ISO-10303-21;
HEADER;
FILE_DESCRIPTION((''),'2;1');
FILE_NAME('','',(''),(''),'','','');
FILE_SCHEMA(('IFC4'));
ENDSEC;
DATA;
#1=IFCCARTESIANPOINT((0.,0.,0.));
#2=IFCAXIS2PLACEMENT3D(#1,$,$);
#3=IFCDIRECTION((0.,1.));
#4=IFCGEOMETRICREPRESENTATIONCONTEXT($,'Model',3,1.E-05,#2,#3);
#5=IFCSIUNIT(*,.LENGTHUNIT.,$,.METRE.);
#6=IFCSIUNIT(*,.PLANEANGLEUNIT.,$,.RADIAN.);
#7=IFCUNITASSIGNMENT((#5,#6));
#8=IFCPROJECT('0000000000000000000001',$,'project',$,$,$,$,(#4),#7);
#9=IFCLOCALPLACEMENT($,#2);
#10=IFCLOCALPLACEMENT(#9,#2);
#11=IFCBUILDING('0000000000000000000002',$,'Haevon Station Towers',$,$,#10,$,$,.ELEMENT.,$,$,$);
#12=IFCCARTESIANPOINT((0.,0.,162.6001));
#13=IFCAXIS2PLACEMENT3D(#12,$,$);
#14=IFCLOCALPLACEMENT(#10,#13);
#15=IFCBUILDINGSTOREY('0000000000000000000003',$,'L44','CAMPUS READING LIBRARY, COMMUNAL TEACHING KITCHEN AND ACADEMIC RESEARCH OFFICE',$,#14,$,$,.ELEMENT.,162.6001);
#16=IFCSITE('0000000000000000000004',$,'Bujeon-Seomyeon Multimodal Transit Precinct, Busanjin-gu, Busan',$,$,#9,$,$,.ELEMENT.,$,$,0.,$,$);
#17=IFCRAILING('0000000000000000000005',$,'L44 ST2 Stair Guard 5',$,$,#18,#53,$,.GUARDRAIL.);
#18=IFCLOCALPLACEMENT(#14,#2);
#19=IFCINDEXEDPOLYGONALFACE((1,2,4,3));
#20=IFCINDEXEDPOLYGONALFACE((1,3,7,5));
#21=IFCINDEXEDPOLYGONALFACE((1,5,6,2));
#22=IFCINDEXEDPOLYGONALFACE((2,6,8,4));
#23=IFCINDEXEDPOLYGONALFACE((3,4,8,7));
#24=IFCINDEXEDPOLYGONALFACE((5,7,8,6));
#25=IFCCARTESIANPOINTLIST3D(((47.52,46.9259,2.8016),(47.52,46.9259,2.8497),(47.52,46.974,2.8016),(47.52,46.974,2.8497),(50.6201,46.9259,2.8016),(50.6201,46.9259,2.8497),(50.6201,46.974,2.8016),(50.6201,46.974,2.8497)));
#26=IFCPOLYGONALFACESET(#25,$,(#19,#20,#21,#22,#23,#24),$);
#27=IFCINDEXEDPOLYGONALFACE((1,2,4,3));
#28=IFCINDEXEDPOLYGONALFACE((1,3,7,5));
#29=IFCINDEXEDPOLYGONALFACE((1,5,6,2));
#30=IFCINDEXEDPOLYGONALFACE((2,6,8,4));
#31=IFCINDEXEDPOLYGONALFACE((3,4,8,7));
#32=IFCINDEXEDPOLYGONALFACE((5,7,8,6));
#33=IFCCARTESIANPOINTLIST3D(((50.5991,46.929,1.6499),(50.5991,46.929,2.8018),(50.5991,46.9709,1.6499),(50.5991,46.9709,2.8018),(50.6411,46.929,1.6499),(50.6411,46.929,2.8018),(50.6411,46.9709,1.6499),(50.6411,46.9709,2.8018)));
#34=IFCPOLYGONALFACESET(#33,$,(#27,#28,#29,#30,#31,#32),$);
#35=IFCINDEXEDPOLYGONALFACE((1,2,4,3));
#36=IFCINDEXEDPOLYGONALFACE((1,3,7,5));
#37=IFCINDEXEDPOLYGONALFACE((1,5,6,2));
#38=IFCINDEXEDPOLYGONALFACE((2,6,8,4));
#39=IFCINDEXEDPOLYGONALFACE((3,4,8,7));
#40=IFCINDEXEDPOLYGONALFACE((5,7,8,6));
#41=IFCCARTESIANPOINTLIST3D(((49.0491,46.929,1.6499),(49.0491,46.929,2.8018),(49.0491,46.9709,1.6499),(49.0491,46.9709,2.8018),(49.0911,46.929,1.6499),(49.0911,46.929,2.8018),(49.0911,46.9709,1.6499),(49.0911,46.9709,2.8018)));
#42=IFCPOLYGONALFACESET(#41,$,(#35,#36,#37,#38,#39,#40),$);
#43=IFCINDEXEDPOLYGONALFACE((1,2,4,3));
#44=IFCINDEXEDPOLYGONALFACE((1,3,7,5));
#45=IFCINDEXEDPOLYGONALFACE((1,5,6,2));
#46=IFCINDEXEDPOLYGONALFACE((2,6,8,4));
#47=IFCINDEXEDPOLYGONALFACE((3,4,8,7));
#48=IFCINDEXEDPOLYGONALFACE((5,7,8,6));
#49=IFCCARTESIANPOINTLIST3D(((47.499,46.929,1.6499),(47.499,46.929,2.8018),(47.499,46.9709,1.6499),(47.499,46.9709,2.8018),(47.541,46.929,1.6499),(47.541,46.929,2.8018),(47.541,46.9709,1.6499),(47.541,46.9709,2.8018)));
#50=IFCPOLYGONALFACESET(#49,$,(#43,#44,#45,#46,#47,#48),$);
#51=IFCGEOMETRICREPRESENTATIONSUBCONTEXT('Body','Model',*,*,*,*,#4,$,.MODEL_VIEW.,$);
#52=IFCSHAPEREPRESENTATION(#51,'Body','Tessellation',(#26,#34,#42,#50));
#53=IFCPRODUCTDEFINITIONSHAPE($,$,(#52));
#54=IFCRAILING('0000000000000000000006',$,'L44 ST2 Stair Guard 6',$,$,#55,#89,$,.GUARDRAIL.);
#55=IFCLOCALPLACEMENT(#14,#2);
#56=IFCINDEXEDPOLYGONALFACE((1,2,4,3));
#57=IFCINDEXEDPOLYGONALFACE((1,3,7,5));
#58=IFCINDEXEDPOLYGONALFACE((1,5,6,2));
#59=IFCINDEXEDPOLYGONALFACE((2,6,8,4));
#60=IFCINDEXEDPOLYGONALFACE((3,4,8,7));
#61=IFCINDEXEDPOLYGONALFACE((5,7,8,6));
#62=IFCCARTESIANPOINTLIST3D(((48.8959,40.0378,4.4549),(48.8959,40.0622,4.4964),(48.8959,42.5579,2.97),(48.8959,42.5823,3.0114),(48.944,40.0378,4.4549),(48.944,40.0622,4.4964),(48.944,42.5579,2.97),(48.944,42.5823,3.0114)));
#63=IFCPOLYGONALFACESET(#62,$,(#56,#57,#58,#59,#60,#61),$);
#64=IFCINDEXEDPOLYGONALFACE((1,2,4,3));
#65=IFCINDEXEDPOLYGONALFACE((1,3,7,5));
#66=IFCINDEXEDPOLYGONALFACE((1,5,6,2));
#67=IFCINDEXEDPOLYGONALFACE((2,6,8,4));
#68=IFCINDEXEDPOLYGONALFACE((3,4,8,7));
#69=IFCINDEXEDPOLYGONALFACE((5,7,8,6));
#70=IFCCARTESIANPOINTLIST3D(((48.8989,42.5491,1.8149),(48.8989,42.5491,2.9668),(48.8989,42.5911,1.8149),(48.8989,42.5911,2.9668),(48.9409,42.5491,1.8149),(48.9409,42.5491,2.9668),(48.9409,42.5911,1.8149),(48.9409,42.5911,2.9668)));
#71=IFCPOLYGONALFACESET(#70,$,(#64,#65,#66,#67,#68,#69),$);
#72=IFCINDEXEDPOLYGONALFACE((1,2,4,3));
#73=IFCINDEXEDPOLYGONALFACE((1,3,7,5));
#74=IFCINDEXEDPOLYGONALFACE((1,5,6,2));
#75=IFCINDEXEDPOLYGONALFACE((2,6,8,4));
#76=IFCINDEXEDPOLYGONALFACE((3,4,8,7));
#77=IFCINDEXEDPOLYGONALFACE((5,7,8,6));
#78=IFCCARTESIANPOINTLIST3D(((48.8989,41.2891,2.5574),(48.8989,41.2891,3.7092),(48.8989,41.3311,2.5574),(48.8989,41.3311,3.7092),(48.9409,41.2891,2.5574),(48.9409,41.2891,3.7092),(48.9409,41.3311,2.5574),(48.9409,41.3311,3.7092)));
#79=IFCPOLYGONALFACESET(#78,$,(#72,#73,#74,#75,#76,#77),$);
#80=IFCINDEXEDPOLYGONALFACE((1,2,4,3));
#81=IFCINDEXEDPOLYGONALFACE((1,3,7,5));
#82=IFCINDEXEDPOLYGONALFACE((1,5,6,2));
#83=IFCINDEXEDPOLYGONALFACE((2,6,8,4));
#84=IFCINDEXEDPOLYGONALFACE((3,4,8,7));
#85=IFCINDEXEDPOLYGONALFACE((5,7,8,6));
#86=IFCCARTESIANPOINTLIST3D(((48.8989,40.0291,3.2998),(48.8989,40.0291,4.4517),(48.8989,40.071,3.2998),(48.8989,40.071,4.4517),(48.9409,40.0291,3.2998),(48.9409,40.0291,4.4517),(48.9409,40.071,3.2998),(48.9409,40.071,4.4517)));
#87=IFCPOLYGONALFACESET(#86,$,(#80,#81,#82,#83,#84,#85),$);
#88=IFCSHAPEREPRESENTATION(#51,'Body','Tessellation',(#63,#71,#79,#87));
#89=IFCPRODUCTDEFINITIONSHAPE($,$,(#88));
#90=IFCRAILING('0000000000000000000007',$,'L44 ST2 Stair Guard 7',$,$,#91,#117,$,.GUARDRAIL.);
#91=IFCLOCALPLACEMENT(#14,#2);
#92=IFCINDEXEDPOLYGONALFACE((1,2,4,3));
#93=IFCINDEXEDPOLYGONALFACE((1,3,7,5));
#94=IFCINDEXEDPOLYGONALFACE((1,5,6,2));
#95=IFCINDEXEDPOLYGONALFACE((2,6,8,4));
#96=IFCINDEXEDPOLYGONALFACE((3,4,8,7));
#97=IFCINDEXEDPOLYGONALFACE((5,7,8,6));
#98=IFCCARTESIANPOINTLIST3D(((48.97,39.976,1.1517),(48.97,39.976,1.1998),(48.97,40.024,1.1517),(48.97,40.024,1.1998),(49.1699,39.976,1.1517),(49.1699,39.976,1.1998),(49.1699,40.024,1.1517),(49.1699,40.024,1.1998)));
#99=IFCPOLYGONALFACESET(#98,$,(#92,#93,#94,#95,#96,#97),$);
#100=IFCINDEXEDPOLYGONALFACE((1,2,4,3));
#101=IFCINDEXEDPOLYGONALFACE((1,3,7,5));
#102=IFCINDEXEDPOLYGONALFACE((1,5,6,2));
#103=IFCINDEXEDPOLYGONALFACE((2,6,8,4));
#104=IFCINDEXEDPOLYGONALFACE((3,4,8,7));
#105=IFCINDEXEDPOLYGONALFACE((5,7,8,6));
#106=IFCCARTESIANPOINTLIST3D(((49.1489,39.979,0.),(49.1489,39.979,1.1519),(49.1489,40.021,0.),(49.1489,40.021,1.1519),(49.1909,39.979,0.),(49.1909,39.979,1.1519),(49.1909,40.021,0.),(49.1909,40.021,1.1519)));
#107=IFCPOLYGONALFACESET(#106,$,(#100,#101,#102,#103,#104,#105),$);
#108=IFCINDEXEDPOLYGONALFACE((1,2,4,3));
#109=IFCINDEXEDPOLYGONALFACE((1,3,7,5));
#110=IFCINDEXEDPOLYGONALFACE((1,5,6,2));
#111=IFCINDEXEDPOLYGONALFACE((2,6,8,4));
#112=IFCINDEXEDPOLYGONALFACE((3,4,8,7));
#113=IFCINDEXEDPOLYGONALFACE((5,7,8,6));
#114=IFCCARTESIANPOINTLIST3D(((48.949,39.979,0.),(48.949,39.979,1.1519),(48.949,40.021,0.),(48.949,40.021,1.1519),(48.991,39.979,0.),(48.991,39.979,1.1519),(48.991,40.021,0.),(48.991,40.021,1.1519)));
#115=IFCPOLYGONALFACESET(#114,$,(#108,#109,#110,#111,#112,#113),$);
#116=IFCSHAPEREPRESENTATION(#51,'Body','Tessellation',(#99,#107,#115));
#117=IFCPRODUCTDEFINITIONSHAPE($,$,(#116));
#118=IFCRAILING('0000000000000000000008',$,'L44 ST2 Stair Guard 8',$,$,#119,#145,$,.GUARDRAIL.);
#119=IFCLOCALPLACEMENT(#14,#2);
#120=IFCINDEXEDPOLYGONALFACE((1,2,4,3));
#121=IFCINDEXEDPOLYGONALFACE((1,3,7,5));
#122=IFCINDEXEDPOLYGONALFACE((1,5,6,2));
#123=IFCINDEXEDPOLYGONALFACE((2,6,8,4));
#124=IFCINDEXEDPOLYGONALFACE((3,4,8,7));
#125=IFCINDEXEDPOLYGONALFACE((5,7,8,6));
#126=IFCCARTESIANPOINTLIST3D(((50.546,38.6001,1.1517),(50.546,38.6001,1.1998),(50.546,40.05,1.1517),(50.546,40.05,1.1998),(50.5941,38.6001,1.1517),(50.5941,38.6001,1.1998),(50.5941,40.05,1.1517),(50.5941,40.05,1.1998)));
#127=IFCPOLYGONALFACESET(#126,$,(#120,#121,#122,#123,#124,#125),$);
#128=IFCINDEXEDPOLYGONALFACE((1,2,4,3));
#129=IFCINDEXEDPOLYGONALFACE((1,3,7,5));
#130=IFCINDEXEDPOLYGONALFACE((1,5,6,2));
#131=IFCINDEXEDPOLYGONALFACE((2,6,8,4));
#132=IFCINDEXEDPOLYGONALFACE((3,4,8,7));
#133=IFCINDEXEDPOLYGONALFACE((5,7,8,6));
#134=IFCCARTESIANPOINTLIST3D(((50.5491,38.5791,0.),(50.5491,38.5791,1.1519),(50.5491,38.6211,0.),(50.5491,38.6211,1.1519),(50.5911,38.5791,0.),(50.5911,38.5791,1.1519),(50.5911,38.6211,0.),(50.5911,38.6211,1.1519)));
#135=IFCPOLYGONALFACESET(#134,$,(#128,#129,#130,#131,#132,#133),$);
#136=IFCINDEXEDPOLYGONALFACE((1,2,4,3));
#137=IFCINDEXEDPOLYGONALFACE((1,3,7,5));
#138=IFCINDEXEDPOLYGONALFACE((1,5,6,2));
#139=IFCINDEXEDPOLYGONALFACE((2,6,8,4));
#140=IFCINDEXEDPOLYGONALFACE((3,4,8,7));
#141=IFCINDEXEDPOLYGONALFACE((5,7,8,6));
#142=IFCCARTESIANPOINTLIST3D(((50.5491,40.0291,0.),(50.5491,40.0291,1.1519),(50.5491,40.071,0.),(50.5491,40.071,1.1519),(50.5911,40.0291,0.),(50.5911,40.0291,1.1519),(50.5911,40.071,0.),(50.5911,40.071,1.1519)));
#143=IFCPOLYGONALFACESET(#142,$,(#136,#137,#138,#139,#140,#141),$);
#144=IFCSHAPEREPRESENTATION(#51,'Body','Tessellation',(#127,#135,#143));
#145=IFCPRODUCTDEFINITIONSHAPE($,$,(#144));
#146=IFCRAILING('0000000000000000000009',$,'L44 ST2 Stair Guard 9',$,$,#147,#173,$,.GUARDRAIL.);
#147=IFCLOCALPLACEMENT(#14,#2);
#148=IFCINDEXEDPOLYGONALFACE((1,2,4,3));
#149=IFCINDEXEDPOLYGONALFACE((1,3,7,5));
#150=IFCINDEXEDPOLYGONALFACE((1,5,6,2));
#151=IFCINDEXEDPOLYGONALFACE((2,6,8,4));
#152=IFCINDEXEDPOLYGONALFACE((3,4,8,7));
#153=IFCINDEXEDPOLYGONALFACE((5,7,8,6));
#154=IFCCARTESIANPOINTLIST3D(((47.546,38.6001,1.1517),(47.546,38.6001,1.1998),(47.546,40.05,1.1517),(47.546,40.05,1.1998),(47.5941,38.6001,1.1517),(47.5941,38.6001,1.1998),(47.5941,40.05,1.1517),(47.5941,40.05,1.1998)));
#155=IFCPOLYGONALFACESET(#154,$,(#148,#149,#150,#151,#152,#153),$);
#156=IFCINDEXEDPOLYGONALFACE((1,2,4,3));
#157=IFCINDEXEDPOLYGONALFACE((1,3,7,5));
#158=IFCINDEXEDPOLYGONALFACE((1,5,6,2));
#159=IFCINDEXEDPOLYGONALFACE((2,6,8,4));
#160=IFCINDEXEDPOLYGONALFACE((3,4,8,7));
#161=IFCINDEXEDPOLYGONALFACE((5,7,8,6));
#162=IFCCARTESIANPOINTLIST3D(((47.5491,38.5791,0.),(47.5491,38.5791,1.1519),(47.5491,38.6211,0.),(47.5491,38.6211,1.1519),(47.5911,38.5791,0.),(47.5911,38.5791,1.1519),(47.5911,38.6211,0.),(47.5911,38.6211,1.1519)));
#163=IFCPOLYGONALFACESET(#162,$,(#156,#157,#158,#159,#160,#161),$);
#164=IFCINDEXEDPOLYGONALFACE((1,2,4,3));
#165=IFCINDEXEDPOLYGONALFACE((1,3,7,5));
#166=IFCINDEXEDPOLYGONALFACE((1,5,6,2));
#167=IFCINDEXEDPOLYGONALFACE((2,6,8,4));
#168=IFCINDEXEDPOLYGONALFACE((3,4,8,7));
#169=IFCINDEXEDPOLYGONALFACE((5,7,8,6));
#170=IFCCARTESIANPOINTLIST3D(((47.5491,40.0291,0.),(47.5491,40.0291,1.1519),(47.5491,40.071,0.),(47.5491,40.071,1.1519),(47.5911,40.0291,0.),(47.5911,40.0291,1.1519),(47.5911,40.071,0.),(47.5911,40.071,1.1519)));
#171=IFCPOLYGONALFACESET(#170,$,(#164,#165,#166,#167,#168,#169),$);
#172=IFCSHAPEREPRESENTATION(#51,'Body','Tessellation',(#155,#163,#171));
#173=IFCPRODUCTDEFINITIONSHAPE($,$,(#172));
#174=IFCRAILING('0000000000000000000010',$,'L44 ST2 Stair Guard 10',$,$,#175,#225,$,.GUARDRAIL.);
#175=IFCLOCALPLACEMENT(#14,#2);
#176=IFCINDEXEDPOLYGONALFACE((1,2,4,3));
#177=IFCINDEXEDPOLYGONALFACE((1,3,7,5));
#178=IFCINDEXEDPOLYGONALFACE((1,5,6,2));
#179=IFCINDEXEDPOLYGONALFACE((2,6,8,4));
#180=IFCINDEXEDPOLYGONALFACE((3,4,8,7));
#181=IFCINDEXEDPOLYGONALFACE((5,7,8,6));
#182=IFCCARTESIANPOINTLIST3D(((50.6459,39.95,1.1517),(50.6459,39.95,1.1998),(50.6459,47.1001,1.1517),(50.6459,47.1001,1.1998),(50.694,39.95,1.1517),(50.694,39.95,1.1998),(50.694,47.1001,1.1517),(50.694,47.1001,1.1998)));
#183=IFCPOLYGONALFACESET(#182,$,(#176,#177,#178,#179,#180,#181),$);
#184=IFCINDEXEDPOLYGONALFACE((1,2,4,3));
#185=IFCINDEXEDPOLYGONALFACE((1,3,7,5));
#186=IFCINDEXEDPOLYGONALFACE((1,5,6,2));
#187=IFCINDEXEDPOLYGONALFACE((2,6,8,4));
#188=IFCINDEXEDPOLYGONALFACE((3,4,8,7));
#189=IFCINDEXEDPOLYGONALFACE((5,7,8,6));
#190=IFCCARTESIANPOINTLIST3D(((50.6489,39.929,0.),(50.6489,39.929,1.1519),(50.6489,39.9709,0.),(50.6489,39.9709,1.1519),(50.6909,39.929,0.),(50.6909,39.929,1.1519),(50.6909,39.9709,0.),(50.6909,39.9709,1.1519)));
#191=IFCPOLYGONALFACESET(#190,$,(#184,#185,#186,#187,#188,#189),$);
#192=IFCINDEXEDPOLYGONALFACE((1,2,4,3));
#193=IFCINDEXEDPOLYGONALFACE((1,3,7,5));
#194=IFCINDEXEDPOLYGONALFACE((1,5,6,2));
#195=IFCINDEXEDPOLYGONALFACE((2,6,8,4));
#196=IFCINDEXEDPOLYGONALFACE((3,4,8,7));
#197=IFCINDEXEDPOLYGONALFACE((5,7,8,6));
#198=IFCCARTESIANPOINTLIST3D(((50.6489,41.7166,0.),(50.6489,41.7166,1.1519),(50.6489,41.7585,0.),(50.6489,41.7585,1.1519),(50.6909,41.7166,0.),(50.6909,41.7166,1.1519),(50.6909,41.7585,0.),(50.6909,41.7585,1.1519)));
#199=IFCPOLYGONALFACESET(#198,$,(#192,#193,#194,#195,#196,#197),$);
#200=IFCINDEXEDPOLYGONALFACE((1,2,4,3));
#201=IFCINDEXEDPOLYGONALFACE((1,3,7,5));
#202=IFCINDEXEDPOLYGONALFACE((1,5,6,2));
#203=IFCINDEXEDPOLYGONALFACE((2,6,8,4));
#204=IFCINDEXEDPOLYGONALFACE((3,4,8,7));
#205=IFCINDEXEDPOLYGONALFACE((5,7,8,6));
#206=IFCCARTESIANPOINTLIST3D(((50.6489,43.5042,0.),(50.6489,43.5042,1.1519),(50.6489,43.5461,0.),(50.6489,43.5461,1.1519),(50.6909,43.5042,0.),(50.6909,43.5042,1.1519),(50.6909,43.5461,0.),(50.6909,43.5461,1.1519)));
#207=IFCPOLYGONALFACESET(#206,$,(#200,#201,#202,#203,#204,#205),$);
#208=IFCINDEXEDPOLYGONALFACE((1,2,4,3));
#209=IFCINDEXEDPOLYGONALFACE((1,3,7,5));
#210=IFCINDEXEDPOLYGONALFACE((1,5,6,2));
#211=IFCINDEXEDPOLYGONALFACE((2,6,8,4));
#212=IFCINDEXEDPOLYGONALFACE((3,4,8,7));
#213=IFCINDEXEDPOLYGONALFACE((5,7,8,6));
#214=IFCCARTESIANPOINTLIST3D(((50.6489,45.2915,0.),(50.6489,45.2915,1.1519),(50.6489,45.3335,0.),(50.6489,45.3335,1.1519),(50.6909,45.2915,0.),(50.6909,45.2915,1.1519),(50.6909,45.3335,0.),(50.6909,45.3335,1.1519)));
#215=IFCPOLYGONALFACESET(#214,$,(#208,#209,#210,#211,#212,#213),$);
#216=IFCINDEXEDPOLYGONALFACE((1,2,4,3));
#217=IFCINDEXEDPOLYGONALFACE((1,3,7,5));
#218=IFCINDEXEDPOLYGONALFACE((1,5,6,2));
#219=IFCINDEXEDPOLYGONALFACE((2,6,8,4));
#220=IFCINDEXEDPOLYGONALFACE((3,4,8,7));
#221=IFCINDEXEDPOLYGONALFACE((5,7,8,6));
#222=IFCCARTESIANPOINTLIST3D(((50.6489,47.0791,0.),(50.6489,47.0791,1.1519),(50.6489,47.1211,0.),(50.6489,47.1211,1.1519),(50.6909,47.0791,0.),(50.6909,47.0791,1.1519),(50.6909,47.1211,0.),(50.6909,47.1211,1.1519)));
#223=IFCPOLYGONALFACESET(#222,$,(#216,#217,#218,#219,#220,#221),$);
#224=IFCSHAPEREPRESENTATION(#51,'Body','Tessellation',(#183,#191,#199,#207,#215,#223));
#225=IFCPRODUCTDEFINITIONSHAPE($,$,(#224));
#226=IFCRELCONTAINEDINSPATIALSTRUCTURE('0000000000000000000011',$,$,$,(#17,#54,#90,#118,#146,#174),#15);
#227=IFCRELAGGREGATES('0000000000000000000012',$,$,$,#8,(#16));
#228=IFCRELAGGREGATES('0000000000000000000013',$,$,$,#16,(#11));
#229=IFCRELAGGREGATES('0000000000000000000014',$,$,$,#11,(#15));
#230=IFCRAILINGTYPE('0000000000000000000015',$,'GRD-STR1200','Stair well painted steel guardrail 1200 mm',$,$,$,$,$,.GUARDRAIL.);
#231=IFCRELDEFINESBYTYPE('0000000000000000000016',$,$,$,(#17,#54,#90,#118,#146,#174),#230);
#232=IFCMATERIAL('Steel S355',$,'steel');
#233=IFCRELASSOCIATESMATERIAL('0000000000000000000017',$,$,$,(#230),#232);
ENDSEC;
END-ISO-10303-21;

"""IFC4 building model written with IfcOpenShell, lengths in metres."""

from ifc_helpers import new_model, si_unit, direction, frame, origin, origin_2d, place, context, subcontext, project, spatial, rectangle, extrude, material, type_object, element, save


model = new_model("IFC4")

# Units and contexts
model_context = context("Model", 3, precision=1e-05, world=origin(), true_north=direction((0.0, 1.0)))
body_context = subcontext(model_context, "Body", "Model", "MODEL_VIEW")
ifc_project = project(units=[si_unit("LENGTHUNIT", "METRE"), si_unit("PLANEANGLEUNIT", "RADIAN")], contexts=[model_context])

# Site, building, storey
site_placement = place(None, origin())
site = spatial("IfcSite", under=ifc_project, at=site_placement, Name="Bujeon-Seomyeon Multimodal Transit Precinct, Busanjin-gu, Busan", CompositionType="ELEMENT", RefElevation=0.0)
building_placement = place(site_placement, origin())
building = spatial("IfcBuilding", under=site, at=building_placement, Name="Haevon Station Towers", CompositionType="ELEMENT")
storey_placement = place(building_placement, frame((0.0, 0.0, 162.6001)))
storey = spatial("IfcBuildingStorey", under=building, at=storey_placement, Name="L44", Description="CAMPUS READING LIBRARY, COMMUNAL TEACHING KITCHEN AND ACADEMIC RESEARCH OFFICE", CompositionType="ELEMENT", Elevation=162.6001)

# Shared definitions
ifc_material_1 = material(Name="Steel S355", Category="steel")

# Railings
railing_type_1 = type_object("IfcRailingType", Name="GRD-STR1200", Description="Stair well painted steel guardrail 1200 mm", PredefinedType="GUARDRAIL", material=ifc_material_1)
railing_1_placement = place(storey_placement, frame((50.6201, 46.95, 1.6499)))
element("IfcRailing", 1, at=railing_1_placement, inside=storey, type_object=railing_type_1, Name="L44 ST2 Stair Guard 5", PredefinedType="GUARDRAIL", context=body_context, shape_type="SweptSolid", body=[
    extrude(rectangle(XDim=0.0481, YDim=0.0481, at=origin_2d()), frame((0.0, 0.0, 1.1758), z_axis=(-1.0, 0.0, 0.0), x_axis=(0.0, -1.0, 0.0)), (0.0, 0.0, 1.0), 3.1001),
    extrude(rectangle(XDim=0.042, YDim=0.042, at=origin_2d()), origin(), (0.0, 0.0, 1.0), 1.1519),
    extrude(rectangle(XDim=0.042, YDim=0.042, at=origin_2d()), frame((-1.55, 0.0, 0.0)), (0.0, 0.0, 1.0), 1.1519),
    extrude(rectangle(XDim=0.042, YDim=0.042, at=origin_2d()), frame((-3.1001, 0.0, 0.0)), (0.0, 0.0, 1.0), 1.1519),
])
railing_2_placement = place(storey_placement, frame((48.9199, 42.5701, 1.8149)))
element("IfcRailing", 2, at=railing_2_placement, inside=storey, type_object=railing_type_1, Name="L44 ST2 Stair Guard 6", PredefinedType="GUARDRAIL", context=body_context, shape_type="SweptSolid", body=[
    extrude(rectangle(XDim=0.0481, YDim=0.0481, at=origin_2d()), frame((0.0, 0.0, 1.1758), z_axis=(0.0, -0.861561, 0.507655), x_axis=(1.0, 0.0, 0.0)), (0.0, 0.0, 1.0), 2.925),
    extrude(rectangle(XDim=0.042, YDim=0.042, at=origin_2d()), origin(), (0.0, 0.0, 1.0), 1.1519),
    extrude(rectangle(XDim=0.042, YDim=0.042, at=origin_2d()), frame((0.0, -1.26, 0.7424)), (0.0, 0.0, 1.0), 1.1519),
    extrude(rectangle(XDim=0.042, YDim=0.042, at=origin_2d()), frame((0.0, -2.52, 1.4849)), (0.0, 0.0, 1.0), 1.1519),
])
railing_3_placement = place(storey_placement, frame((49.1699, 40.0, 0.0)))
element("IfcRailing", 3, at=railing_3_placement, inside=storey, type_object=railing_type_1, Name="L44 ST2 Stair Guard 7", PredefinedType="GUARDRAIL", context=body_context, shape_type="SweptSolid", body=[
    extrude(rectangle(XDim=0.0481, YDim=0.0481, at=origin_2d()), frame((0.0, 0.0, 1.1758), z_axis=(-1.0, 0.0, 0.0), x_axis=(0.0, -1.0, 0.0)), (0.0, 0.0, 1.0), 0.2),
    extrude(rectangle(XDim=0.042, YDim=0.042, at=origin_2d()), origin(), (0.0, 0.0, 1.0), 1.1519),
    extrude(rectangle(XDim=0.042, YDim=0.042, at=origin_2d()), frame((-0.2, 0.0, 0.0)), (0.0, 0.0, 1.0), 1.1519),
])
for number, where, name in (
    (4, (50.5701, 38.6001, 0.0), "L44 ST2 Stair Guard 8"),
    (5, (47.5701, 38.6001, 0.0), "L44 ST2 Stair Guard 9"),
):
    element("IfcRailing", number, at=place(storey_placement, frame(where)), inside=storey, type_object=railing_type_1, Name=name, PredefinedType="GUARDRAIL", context=body_context, shape_type="SweptSolid", body=[
        extrude(rectangle(XDim=0.0481, YDim=0.0481, at=origin_2d()), frame((0.0, 0.0, 1.1758), z_axis=(0.0, 1.0, 0.0), x_axis=(-1.0, 0.0, 0.0)), (0.0, 0.0, 1.0), 1.45),
        extrude(rectangle(XDim=0.042, YDim=0.042, at=origin_2d()), origin(), (0.0, 0.0, 1.0), 1.1519),
        extrude(rectangle(XDim=0.042, YDim=0.042, at=origin_2d()), frame((0.0, 1.45, 0.0)), (0.0, 0.0, 1.0), 1.1519),
    ])
for number, where, name in (
    (6, (50.6699, 39.95, 0.0), "L44 ST2 Stair Guard 10"),
):
    element("IfcRailing", number, at=place(storey_placement, frame(where)), inside=storey, type_object=railing_type_1, Name=name, PredefinedType="GUARDRAIL", context=body_context, shape_type="SweptSolid", body=[
        extrude(rectangle(XDim=0.0481, YDim=0.0481, at=origin_2d()), frame((0.0, 0.0, 1.1758), z_axis=(0.0, 1.0, 0.0), x_axis=(-1.0, 0.0, 0.0)), (0.0, 0.0, 1.0), 7.1501),
        extrude(rectangle(XDim=0.042, YDim=0.042, at=origin_2d()), origin(), (0.0, 0.0, 1.0), 1.1519),
        extrude(rectangle(XDim=0.042, YDim=0.042, at=origin_2d()), frame((0.0, 1.7876, 0.0)), (0.0, 0.0, 1.0), 1.1519),
        extrude(rectangle(XDim=0.042, YDim=0.042, at=origin_2d()), frame((0.0, 3.5752, 0.0)), (0.0, 0.0, 1.0), 1.1519),
        extrude(rectangle(XDim=0.042, YDim=0.042, at=origin_2d()), frame((0.0, 5.3625, 0.0)), (0.0, 0.0, 1.0), 1.1519),
        extrude(rectangle(XDim=0.042, YDim=0.042, at=origin_2d()), frame((0.0, 7.1501, 0.0)), (0.0, 0.0, 1.0), 1.1519),
    ])

save(model, "model.ifc")
